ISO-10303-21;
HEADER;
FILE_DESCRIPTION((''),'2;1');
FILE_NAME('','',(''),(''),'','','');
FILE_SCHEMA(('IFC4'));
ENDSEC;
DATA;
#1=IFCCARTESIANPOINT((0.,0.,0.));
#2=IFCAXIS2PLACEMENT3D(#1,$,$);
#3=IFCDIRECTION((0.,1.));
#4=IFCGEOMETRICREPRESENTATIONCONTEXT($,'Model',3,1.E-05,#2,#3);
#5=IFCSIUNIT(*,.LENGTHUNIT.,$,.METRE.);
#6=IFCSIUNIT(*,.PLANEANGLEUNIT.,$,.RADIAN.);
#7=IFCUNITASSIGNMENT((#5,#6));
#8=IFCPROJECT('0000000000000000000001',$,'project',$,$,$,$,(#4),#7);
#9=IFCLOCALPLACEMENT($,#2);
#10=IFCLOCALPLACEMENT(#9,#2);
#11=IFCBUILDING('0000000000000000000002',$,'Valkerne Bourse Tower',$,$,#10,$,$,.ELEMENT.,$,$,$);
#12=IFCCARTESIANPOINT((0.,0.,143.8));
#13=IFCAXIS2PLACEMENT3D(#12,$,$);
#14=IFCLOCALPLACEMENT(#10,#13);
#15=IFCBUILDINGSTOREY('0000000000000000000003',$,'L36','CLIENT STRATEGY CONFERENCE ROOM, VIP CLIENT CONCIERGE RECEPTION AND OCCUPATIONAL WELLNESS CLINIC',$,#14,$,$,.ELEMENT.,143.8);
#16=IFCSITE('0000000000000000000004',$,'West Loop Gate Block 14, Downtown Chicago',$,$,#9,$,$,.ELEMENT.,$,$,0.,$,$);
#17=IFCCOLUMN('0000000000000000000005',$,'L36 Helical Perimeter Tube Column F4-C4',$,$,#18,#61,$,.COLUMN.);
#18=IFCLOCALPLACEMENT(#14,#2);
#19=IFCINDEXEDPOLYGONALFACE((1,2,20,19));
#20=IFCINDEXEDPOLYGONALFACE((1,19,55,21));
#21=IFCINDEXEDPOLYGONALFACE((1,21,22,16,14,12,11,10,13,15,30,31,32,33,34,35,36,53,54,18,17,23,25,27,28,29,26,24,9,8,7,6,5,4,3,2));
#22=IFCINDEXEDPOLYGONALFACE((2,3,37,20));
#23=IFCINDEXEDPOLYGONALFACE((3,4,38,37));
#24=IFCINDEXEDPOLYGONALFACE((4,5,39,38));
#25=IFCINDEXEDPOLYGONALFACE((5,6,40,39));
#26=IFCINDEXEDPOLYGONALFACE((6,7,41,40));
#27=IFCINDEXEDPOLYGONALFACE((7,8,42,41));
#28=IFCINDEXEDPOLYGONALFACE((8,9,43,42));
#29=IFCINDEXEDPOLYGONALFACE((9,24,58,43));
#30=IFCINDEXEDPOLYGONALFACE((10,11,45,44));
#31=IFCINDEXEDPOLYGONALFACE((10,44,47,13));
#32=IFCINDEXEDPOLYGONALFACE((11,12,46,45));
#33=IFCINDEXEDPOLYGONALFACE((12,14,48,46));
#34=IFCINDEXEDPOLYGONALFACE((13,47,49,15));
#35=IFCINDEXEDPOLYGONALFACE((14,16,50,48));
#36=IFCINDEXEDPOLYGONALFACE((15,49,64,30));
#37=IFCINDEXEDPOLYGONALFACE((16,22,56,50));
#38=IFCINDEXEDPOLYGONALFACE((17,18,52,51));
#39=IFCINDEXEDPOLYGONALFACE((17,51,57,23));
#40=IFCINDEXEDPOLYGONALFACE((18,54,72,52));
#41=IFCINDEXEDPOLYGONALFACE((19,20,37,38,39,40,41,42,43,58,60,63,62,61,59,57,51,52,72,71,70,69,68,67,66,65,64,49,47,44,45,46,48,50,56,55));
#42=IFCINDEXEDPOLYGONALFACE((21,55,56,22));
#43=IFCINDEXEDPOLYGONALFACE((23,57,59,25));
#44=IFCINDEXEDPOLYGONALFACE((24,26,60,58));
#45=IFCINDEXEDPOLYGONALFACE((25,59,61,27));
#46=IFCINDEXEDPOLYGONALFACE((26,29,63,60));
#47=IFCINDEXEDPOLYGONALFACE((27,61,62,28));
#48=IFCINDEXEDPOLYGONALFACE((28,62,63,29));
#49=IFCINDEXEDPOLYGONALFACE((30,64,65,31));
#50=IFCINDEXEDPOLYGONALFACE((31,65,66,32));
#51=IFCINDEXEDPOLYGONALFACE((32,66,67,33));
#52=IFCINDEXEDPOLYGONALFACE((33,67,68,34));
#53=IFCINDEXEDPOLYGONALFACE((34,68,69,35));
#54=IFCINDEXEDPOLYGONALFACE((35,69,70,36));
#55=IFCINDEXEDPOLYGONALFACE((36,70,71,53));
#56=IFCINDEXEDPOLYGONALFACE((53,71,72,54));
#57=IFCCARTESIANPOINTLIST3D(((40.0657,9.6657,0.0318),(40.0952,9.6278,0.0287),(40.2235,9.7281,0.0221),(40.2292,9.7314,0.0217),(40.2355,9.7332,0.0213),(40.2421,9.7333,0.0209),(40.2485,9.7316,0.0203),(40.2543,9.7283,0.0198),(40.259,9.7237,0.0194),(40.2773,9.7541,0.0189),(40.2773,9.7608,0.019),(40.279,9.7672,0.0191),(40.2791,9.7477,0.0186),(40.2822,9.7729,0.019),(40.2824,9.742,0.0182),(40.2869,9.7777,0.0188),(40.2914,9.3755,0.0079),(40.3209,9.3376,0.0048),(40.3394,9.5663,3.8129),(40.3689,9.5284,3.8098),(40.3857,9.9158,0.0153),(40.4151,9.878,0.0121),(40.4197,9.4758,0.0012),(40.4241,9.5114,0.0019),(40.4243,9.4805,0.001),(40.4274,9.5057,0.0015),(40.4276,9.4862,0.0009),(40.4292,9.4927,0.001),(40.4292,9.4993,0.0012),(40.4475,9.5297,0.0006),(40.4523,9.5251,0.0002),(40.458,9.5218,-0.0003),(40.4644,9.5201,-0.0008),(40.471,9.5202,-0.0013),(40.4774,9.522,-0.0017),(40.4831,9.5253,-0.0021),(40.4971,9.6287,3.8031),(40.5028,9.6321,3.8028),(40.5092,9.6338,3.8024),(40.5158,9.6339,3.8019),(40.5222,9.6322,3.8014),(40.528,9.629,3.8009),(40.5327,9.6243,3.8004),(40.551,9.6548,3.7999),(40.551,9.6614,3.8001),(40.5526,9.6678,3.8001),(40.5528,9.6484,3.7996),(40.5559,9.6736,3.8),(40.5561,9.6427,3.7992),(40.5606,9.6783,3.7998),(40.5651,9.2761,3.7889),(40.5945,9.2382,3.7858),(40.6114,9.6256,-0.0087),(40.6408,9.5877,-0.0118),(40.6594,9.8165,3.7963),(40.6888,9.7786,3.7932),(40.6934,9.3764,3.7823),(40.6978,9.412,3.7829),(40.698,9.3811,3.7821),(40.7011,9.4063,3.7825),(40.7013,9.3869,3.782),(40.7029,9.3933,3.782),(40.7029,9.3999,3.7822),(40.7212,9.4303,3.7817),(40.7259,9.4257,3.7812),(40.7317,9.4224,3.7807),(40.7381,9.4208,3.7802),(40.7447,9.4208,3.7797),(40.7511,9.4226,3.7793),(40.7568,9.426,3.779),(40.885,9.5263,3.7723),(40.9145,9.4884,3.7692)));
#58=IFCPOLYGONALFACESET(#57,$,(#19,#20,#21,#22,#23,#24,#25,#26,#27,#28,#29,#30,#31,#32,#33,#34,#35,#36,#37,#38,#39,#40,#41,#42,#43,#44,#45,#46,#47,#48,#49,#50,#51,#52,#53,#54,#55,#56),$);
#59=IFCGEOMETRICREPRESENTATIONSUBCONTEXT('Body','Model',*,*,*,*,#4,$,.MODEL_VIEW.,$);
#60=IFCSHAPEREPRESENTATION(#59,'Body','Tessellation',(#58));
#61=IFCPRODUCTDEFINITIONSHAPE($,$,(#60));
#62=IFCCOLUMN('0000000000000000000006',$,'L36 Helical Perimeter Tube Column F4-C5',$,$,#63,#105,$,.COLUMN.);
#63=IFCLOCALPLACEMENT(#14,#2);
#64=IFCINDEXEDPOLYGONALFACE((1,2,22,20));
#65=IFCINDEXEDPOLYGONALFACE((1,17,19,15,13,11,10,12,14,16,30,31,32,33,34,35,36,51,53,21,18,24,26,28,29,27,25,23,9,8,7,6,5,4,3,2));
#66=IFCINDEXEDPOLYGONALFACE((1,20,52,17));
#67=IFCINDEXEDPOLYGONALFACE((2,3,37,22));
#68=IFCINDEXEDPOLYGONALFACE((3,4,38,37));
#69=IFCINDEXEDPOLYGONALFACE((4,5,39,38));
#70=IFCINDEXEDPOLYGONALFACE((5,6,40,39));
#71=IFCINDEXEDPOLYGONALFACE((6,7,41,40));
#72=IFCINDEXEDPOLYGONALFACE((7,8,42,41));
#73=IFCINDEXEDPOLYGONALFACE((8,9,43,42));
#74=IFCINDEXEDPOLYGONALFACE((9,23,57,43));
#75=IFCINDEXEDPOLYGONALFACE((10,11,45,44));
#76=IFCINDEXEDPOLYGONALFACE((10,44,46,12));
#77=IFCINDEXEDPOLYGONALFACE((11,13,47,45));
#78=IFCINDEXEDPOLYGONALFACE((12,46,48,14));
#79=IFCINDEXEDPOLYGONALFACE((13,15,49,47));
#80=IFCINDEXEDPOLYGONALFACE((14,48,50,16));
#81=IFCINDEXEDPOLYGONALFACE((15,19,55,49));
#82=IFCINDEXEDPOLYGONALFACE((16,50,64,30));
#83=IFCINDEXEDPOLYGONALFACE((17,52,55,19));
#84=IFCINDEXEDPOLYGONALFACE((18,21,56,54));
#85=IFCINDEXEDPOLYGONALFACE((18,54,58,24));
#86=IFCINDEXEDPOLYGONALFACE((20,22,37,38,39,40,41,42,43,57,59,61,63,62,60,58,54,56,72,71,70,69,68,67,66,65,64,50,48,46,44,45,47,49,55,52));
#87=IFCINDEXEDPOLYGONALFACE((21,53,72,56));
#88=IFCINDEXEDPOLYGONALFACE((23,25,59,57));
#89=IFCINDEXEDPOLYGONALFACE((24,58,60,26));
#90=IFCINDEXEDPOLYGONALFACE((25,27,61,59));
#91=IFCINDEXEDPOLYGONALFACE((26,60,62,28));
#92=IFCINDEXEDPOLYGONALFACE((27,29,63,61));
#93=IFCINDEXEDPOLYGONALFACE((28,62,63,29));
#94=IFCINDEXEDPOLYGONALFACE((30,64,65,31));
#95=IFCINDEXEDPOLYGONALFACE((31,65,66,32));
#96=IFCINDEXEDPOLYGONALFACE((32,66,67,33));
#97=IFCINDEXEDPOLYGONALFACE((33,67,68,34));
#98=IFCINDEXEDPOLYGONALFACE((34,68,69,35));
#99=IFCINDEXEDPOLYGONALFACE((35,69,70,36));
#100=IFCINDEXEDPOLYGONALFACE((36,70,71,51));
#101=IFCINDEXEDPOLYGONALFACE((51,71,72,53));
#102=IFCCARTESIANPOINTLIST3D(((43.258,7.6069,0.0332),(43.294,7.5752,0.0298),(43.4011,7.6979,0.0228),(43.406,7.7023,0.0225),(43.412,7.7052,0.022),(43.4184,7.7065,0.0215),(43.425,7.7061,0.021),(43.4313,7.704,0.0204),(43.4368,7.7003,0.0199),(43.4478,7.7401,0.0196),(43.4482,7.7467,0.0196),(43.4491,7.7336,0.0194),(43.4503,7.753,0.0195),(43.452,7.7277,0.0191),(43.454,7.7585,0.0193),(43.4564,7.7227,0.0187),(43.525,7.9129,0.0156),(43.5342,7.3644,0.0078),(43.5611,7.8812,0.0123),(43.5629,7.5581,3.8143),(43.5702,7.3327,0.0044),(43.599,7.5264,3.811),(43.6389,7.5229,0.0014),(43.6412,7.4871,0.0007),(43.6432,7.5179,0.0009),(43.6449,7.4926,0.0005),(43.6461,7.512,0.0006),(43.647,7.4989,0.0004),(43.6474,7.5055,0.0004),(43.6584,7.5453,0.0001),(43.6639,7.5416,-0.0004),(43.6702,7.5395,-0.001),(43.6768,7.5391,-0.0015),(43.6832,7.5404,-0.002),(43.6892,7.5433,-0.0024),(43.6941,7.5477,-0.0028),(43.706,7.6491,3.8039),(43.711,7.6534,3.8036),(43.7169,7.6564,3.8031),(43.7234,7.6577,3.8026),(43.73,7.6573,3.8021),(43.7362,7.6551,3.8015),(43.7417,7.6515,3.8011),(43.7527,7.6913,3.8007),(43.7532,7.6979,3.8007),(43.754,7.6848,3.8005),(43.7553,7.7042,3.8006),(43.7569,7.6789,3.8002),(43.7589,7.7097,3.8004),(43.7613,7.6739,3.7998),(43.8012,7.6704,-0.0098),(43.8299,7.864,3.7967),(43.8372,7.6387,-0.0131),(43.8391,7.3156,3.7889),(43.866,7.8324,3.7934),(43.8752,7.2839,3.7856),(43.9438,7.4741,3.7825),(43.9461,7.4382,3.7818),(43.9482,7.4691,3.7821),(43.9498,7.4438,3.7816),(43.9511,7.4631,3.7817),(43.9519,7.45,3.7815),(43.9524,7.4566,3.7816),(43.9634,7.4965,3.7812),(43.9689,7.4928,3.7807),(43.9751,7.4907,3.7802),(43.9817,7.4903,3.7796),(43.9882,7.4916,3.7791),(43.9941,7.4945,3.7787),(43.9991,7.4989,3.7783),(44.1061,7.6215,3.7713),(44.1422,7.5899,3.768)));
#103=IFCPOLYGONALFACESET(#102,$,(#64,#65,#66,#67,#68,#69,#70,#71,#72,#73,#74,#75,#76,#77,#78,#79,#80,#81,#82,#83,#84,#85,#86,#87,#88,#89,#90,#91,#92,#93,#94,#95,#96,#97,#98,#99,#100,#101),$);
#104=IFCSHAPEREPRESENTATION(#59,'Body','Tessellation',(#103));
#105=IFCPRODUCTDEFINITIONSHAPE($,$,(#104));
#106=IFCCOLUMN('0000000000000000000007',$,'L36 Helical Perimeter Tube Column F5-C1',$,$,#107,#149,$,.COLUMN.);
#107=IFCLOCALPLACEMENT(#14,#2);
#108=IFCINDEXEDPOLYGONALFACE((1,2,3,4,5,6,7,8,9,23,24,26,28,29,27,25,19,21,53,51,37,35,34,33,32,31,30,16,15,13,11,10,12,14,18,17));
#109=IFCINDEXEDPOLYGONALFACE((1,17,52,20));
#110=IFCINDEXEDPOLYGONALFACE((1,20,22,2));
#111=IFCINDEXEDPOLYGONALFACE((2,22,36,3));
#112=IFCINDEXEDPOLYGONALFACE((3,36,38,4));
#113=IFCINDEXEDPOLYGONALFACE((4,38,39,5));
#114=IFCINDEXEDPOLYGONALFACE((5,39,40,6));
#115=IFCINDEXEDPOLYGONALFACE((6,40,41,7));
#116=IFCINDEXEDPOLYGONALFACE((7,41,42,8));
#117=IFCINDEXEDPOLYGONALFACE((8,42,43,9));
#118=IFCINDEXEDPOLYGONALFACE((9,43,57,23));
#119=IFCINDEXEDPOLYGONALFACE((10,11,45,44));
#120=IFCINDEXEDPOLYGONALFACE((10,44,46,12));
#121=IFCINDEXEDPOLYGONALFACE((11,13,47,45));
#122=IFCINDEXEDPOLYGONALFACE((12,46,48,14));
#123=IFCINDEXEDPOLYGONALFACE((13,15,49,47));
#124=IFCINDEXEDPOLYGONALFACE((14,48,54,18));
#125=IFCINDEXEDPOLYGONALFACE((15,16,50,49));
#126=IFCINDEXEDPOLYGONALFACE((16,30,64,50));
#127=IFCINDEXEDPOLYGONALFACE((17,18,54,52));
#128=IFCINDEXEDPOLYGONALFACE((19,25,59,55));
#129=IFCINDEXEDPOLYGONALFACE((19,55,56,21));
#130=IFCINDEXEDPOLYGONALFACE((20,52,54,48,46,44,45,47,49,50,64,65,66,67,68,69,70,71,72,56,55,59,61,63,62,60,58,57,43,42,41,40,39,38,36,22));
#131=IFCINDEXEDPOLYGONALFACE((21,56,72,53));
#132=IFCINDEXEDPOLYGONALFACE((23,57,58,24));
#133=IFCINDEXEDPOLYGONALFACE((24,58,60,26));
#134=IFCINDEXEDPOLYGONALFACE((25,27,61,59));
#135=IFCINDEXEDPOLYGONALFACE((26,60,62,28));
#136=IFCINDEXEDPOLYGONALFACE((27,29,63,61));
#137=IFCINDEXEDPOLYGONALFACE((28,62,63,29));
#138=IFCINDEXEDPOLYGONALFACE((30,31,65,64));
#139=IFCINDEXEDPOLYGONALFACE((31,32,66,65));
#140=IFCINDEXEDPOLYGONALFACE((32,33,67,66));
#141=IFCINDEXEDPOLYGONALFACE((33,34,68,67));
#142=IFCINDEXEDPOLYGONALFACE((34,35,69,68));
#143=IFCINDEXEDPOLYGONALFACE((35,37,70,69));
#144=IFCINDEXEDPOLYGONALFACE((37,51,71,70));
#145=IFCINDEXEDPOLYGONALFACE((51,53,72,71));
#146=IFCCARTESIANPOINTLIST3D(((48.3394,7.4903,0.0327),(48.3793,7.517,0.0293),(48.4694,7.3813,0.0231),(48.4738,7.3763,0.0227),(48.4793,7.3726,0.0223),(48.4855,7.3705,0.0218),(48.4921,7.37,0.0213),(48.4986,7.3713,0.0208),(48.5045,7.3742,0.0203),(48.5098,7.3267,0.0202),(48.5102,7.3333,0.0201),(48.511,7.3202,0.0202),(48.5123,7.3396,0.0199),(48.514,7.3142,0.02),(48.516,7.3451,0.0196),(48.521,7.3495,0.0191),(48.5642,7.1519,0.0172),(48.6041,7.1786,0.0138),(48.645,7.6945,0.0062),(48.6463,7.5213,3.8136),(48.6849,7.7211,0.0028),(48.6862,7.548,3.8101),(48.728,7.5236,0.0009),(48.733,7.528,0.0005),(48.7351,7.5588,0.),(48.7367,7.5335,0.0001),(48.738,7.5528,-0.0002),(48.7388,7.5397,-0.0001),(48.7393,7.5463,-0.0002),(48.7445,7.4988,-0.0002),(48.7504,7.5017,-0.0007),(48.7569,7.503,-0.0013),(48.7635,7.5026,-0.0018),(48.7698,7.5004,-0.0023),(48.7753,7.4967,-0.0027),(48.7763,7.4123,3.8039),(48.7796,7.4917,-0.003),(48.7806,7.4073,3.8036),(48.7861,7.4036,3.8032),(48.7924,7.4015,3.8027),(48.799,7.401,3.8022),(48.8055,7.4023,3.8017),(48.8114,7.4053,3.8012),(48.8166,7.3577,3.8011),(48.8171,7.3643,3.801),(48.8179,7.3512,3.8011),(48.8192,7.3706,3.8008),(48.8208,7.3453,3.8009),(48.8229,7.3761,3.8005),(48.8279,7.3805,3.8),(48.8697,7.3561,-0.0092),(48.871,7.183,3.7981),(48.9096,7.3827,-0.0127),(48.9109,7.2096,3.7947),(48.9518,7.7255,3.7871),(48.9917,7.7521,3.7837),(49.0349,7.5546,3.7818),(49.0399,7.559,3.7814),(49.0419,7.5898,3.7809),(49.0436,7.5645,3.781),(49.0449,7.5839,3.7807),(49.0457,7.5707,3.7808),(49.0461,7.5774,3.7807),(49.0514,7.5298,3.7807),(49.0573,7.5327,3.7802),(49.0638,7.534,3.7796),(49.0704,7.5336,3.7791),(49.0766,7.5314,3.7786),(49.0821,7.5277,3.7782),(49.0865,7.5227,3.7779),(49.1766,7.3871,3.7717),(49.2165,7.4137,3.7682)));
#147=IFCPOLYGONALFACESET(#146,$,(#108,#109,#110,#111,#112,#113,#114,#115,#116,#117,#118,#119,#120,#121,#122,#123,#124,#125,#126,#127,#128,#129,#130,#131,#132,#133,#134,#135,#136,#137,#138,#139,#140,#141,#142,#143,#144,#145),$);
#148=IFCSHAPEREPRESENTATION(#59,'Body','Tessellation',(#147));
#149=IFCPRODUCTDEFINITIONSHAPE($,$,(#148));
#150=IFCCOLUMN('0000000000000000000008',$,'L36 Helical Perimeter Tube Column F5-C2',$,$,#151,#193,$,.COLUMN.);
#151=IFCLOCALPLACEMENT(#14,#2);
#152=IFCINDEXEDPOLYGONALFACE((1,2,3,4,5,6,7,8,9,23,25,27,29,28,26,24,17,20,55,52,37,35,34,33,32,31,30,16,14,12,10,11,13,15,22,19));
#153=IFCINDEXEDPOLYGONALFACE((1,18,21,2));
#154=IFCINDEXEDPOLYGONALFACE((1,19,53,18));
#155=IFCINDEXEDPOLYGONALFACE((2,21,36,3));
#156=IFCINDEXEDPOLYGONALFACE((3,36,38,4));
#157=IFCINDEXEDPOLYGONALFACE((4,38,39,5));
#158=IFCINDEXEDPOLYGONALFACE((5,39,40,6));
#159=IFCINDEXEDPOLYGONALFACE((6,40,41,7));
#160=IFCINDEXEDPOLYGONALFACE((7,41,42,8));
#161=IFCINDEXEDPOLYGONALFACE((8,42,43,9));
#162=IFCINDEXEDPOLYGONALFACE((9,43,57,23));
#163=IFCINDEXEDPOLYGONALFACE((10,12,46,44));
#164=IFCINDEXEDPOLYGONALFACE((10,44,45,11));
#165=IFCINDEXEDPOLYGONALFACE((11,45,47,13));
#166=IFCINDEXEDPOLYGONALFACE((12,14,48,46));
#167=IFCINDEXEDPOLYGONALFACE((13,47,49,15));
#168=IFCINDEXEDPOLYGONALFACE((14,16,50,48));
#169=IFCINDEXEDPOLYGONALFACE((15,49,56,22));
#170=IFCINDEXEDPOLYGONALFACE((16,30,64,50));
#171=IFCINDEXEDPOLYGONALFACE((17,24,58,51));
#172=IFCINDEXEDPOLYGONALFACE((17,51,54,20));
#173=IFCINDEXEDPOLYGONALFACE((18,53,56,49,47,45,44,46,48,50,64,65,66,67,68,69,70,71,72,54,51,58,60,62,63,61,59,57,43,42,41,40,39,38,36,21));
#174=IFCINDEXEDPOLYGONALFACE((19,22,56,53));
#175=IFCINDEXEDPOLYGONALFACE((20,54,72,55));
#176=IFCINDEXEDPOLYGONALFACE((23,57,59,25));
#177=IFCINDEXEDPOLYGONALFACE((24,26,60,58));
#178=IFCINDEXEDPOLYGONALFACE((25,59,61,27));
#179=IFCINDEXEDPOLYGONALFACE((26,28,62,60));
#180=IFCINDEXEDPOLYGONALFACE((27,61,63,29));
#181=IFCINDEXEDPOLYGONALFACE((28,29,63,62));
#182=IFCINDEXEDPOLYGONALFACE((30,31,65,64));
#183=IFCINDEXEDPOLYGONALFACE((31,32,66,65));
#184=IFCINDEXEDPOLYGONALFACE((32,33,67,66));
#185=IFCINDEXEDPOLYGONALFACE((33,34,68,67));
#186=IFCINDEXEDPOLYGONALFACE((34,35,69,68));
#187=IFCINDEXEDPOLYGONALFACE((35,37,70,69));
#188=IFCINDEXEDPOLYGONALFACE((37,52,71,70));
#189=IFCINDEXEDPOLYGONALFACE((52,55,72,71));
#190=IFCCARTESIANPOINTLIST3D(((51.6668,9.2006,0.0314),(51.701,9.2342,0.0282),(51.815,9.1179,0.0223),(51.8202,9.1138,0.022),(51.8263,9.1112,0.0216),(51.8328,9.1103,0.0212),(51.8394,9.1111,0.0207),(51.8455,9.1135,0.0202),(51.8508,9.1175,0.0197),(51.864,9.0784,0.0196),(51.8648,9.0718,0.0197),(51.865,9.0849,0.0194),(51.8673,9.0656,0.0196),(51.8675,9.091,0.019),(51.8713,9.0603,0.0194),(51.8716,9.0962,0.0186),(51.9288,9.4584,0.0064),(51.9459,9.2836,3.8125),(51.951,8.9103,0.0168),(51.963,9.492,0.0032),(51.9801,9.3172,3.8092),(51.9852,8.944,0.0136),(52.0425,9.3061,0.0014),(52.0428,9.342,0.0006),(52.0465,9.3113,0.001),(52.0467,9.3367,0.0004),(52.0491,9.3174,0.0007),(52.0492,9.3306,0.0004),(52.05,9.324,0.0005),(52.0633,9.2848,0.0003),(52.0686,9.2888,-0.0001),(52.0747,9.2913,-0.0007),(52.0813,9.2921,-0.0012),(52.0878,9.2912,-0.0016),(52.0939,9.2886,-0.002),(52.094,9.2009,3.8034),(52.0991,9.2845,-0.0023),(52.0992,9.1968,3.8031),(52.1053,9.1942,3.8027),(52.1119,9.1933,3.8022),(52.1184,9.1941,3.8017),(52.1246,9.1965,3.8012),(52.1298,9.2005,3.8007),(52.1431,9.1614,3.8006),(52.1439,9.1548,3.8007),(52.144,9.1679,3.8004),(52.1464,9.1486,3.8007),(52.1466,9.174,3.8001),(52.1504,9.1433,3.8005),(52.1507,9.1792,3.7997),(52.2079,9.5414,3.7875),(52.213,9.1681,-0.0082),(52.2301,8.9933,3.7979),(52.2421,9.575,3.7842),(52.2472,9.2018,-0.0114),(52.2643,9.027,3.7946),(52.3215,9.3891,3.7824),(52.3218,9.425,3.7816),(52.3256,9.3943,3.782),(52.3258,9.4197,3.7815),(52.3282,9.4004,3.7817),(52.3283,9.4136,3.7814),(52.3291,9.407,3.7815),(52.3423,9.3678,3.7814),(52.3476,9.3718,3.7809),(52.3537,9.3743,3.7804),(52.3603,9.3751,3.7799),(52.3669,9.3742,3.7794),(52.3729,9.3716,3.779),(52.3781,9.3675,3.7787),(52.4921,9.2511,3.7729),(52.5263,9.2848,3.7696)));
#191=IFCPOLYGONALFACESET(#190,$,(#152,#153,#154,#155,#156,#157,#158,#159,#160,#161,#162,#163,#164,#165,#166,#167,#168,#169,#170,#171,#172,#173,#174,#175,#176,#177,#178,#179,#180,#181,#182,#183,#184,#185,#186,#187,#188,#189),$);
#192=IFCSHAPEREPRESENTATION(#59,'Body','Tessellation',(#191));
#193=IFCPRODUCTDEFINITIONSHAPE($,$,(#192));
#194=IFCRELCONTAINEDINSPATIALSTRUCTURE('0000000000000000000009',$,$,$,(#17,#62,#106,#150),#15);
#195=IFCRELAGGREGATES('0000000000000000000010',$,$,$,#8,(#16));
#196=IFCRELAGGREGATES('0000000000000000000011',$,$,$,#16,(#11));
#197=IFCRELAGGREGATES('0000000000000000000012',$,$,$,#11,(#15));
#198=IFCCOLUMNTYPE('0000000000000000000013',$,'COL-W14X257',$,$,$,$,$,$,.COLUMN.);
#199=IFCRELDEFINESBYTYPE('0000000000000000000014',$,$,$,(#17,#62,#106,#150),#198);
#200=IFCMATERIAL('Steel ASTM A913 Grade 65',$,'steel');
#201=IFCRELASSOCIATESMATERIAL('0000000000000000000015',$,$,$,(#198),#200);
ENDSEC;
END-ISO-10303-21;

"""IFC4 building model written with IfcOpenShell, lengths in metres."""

from ifc_helpers import new_model, si_unit, direction, frame, origin, origin_2d, place, context, subcontext, project, spatial, i_section, extrude, material, material_profile, profile_set, type_object, element, save


model = new_model("IFC4")

# Units and contexts
model_context = context("Model", 3, precision=1e-05, world=origin(), true_north=direction((0.0, 1.0)))
body_context = subcontext(model_context, "Body", "Model", "MODEL_VIEW")
ifc_project = project(units=[si_unit("LENGTHUNIT", "METRE"), si_unit("PLANEANGLEUNIT", "RADIAN")], contexts=[model_context])

# Site, building, storey
site_placement = place(None, origin())
site = spatial("IfcSite", under=ifc_project, at=site_placement, Name="West Loop Gate Block 14, Downtown Chicago", CompositionType="ELEMENT", RefElevation=0.0)
building_placement = place(site_placement, origin())
building = spatial("IfcBuilding", under=site, at=building_placement, Name="Valkerne Bourse Tower", CompositionType="ELEMENT")
storey_placement = place(building_placement, frame((0.0, 0.0, 143.8)))
storey = spatial("IfcBuildingStorey", under=building, at=storey_placement, Name="L36", Description="CLIENT STRATEGY CONFERENCE ROOM, VIP CLIENT CONCIERGE RECEPTION AND OCCUPATIONAL WELLNESS CLINIC", CompositionType="ELEMENT", Elevation=143.8)

# Columns
ifc_material_1 = material(Name="Steel ASTM A913 Grade 65", Category="steel")
ifc_material_profile_1 = material_profile(ifc_material_1, i_section(OverallWidth=0.4065, OverallDepth=0.4165, WebThickness=0.0298, FlangeThickness=0.0481, FilletRadius=0.0254, at=origin_2d()), Name="W14X257")
ifc_profile_set_1 = profile_set([ifc_material_profile_1], Name="Steel ASTM A913 Grade 65")
column_type = type_object("IfcColumnType", Name="COL-W14X257", PredefinedType="COLUMN", material=ifc_profile_set_1)
column_1_placement = place(storey_placement, frame((40.3533, 9.6267, 0.01), z_axis=(0.07217, -0.026203, 0.997048), x_axis=(0.78712, 0.615449, -0.0408)))
element("IfcColumn", 1, at=column_1_placement, inside=storey, type_object=column_type, Name="L36 Helical Perimeter Tube Column F4-C4", PredefinedType="COLUMN", context=body_context, shape_type="SweptSolid", body=[
    extrude(i_section(OverallWidth=0.4065, OverallDepth=0.4165, WebThickness=0.0298, FlangeThickness=0.0481, FilletRadius=0.0254, at=origin_2d()), origin(), (0.0, 0.0, 1.0), 3.7922),
])
column_2_placement = place(storey_placement, frame((43.5476, 7.6228, 0.01), z_axis=(0.080381, -0.012871, 0.996681), x_axis=(0.656914, 0.752723, -0.043258)))
element("IfcColumn", 2, at=column_2_placement, inside=storey, type_object=column_type, Name="L36 Helical Perimeter Tube Column F4-C5", PredefinedType="COLUMN", context=body_context, shape_type="SweptSolid", body=[
    extrude(i_section(OverallWidth=0.4065, OverallDepth=0.4165, WebThickness=0.0298, FlangeThickness=0.0481, FilletRadius=0.0254, at=origin_2d()), origin(), (0.0, 0.0, 1.0), 3.7937),
])
column_3_placement = place(storey_placement, frame((48.6245, 7.4365, 0.01), z_axis=(0.080896, 0.008173, 0.996689), x_axis=(-0.552856, 0.832407, 0.038046)))
element("IfcColumn", 3, at=column_3_placement, inside=storey, type_object=column_type, Name="L36 Helical Perimeter Tube Column F5-C1", PredefinedType="COLUMN", context=body_context, shape_type="SweptSolid", body=[
    extrude(i_section(OverallWidth=0.4065, OverallDepth=0.4165, WebThickness=0.0298, FlangeThickness=0.0481, FilletRadius=0.0254, at=origin_2d()), origin(), (0.0, 0.0, 1.0), 3.7935),
])
column_4_placement = place(storey_placement, frame((51.957, 9.2012, 0.01), z_axis=(0.073586, 0.021889, 0.997049), x_axis=(-0.699159, 0.714063, 0.035924)))
element("IfcColumn", 4, at=column_4_placement, inside=storey, type_object=column_type, Name="L36 Helical Perimeter Tube Column F5-C2", PredefinedType="COLUMN", context=body_context, shape_type="SweptSolid", body=[
    extrude(i_section(OverallWidth=0.4065, OverallDepth=0.4165, WebThickness=0.0298, FlangeThickness=0.0481, FilletRadius=0.0254, at=origin_2d()), origin(), (0.0, 0.0, 1.0), 3.7922),
])

save(model, "model.ifc")
